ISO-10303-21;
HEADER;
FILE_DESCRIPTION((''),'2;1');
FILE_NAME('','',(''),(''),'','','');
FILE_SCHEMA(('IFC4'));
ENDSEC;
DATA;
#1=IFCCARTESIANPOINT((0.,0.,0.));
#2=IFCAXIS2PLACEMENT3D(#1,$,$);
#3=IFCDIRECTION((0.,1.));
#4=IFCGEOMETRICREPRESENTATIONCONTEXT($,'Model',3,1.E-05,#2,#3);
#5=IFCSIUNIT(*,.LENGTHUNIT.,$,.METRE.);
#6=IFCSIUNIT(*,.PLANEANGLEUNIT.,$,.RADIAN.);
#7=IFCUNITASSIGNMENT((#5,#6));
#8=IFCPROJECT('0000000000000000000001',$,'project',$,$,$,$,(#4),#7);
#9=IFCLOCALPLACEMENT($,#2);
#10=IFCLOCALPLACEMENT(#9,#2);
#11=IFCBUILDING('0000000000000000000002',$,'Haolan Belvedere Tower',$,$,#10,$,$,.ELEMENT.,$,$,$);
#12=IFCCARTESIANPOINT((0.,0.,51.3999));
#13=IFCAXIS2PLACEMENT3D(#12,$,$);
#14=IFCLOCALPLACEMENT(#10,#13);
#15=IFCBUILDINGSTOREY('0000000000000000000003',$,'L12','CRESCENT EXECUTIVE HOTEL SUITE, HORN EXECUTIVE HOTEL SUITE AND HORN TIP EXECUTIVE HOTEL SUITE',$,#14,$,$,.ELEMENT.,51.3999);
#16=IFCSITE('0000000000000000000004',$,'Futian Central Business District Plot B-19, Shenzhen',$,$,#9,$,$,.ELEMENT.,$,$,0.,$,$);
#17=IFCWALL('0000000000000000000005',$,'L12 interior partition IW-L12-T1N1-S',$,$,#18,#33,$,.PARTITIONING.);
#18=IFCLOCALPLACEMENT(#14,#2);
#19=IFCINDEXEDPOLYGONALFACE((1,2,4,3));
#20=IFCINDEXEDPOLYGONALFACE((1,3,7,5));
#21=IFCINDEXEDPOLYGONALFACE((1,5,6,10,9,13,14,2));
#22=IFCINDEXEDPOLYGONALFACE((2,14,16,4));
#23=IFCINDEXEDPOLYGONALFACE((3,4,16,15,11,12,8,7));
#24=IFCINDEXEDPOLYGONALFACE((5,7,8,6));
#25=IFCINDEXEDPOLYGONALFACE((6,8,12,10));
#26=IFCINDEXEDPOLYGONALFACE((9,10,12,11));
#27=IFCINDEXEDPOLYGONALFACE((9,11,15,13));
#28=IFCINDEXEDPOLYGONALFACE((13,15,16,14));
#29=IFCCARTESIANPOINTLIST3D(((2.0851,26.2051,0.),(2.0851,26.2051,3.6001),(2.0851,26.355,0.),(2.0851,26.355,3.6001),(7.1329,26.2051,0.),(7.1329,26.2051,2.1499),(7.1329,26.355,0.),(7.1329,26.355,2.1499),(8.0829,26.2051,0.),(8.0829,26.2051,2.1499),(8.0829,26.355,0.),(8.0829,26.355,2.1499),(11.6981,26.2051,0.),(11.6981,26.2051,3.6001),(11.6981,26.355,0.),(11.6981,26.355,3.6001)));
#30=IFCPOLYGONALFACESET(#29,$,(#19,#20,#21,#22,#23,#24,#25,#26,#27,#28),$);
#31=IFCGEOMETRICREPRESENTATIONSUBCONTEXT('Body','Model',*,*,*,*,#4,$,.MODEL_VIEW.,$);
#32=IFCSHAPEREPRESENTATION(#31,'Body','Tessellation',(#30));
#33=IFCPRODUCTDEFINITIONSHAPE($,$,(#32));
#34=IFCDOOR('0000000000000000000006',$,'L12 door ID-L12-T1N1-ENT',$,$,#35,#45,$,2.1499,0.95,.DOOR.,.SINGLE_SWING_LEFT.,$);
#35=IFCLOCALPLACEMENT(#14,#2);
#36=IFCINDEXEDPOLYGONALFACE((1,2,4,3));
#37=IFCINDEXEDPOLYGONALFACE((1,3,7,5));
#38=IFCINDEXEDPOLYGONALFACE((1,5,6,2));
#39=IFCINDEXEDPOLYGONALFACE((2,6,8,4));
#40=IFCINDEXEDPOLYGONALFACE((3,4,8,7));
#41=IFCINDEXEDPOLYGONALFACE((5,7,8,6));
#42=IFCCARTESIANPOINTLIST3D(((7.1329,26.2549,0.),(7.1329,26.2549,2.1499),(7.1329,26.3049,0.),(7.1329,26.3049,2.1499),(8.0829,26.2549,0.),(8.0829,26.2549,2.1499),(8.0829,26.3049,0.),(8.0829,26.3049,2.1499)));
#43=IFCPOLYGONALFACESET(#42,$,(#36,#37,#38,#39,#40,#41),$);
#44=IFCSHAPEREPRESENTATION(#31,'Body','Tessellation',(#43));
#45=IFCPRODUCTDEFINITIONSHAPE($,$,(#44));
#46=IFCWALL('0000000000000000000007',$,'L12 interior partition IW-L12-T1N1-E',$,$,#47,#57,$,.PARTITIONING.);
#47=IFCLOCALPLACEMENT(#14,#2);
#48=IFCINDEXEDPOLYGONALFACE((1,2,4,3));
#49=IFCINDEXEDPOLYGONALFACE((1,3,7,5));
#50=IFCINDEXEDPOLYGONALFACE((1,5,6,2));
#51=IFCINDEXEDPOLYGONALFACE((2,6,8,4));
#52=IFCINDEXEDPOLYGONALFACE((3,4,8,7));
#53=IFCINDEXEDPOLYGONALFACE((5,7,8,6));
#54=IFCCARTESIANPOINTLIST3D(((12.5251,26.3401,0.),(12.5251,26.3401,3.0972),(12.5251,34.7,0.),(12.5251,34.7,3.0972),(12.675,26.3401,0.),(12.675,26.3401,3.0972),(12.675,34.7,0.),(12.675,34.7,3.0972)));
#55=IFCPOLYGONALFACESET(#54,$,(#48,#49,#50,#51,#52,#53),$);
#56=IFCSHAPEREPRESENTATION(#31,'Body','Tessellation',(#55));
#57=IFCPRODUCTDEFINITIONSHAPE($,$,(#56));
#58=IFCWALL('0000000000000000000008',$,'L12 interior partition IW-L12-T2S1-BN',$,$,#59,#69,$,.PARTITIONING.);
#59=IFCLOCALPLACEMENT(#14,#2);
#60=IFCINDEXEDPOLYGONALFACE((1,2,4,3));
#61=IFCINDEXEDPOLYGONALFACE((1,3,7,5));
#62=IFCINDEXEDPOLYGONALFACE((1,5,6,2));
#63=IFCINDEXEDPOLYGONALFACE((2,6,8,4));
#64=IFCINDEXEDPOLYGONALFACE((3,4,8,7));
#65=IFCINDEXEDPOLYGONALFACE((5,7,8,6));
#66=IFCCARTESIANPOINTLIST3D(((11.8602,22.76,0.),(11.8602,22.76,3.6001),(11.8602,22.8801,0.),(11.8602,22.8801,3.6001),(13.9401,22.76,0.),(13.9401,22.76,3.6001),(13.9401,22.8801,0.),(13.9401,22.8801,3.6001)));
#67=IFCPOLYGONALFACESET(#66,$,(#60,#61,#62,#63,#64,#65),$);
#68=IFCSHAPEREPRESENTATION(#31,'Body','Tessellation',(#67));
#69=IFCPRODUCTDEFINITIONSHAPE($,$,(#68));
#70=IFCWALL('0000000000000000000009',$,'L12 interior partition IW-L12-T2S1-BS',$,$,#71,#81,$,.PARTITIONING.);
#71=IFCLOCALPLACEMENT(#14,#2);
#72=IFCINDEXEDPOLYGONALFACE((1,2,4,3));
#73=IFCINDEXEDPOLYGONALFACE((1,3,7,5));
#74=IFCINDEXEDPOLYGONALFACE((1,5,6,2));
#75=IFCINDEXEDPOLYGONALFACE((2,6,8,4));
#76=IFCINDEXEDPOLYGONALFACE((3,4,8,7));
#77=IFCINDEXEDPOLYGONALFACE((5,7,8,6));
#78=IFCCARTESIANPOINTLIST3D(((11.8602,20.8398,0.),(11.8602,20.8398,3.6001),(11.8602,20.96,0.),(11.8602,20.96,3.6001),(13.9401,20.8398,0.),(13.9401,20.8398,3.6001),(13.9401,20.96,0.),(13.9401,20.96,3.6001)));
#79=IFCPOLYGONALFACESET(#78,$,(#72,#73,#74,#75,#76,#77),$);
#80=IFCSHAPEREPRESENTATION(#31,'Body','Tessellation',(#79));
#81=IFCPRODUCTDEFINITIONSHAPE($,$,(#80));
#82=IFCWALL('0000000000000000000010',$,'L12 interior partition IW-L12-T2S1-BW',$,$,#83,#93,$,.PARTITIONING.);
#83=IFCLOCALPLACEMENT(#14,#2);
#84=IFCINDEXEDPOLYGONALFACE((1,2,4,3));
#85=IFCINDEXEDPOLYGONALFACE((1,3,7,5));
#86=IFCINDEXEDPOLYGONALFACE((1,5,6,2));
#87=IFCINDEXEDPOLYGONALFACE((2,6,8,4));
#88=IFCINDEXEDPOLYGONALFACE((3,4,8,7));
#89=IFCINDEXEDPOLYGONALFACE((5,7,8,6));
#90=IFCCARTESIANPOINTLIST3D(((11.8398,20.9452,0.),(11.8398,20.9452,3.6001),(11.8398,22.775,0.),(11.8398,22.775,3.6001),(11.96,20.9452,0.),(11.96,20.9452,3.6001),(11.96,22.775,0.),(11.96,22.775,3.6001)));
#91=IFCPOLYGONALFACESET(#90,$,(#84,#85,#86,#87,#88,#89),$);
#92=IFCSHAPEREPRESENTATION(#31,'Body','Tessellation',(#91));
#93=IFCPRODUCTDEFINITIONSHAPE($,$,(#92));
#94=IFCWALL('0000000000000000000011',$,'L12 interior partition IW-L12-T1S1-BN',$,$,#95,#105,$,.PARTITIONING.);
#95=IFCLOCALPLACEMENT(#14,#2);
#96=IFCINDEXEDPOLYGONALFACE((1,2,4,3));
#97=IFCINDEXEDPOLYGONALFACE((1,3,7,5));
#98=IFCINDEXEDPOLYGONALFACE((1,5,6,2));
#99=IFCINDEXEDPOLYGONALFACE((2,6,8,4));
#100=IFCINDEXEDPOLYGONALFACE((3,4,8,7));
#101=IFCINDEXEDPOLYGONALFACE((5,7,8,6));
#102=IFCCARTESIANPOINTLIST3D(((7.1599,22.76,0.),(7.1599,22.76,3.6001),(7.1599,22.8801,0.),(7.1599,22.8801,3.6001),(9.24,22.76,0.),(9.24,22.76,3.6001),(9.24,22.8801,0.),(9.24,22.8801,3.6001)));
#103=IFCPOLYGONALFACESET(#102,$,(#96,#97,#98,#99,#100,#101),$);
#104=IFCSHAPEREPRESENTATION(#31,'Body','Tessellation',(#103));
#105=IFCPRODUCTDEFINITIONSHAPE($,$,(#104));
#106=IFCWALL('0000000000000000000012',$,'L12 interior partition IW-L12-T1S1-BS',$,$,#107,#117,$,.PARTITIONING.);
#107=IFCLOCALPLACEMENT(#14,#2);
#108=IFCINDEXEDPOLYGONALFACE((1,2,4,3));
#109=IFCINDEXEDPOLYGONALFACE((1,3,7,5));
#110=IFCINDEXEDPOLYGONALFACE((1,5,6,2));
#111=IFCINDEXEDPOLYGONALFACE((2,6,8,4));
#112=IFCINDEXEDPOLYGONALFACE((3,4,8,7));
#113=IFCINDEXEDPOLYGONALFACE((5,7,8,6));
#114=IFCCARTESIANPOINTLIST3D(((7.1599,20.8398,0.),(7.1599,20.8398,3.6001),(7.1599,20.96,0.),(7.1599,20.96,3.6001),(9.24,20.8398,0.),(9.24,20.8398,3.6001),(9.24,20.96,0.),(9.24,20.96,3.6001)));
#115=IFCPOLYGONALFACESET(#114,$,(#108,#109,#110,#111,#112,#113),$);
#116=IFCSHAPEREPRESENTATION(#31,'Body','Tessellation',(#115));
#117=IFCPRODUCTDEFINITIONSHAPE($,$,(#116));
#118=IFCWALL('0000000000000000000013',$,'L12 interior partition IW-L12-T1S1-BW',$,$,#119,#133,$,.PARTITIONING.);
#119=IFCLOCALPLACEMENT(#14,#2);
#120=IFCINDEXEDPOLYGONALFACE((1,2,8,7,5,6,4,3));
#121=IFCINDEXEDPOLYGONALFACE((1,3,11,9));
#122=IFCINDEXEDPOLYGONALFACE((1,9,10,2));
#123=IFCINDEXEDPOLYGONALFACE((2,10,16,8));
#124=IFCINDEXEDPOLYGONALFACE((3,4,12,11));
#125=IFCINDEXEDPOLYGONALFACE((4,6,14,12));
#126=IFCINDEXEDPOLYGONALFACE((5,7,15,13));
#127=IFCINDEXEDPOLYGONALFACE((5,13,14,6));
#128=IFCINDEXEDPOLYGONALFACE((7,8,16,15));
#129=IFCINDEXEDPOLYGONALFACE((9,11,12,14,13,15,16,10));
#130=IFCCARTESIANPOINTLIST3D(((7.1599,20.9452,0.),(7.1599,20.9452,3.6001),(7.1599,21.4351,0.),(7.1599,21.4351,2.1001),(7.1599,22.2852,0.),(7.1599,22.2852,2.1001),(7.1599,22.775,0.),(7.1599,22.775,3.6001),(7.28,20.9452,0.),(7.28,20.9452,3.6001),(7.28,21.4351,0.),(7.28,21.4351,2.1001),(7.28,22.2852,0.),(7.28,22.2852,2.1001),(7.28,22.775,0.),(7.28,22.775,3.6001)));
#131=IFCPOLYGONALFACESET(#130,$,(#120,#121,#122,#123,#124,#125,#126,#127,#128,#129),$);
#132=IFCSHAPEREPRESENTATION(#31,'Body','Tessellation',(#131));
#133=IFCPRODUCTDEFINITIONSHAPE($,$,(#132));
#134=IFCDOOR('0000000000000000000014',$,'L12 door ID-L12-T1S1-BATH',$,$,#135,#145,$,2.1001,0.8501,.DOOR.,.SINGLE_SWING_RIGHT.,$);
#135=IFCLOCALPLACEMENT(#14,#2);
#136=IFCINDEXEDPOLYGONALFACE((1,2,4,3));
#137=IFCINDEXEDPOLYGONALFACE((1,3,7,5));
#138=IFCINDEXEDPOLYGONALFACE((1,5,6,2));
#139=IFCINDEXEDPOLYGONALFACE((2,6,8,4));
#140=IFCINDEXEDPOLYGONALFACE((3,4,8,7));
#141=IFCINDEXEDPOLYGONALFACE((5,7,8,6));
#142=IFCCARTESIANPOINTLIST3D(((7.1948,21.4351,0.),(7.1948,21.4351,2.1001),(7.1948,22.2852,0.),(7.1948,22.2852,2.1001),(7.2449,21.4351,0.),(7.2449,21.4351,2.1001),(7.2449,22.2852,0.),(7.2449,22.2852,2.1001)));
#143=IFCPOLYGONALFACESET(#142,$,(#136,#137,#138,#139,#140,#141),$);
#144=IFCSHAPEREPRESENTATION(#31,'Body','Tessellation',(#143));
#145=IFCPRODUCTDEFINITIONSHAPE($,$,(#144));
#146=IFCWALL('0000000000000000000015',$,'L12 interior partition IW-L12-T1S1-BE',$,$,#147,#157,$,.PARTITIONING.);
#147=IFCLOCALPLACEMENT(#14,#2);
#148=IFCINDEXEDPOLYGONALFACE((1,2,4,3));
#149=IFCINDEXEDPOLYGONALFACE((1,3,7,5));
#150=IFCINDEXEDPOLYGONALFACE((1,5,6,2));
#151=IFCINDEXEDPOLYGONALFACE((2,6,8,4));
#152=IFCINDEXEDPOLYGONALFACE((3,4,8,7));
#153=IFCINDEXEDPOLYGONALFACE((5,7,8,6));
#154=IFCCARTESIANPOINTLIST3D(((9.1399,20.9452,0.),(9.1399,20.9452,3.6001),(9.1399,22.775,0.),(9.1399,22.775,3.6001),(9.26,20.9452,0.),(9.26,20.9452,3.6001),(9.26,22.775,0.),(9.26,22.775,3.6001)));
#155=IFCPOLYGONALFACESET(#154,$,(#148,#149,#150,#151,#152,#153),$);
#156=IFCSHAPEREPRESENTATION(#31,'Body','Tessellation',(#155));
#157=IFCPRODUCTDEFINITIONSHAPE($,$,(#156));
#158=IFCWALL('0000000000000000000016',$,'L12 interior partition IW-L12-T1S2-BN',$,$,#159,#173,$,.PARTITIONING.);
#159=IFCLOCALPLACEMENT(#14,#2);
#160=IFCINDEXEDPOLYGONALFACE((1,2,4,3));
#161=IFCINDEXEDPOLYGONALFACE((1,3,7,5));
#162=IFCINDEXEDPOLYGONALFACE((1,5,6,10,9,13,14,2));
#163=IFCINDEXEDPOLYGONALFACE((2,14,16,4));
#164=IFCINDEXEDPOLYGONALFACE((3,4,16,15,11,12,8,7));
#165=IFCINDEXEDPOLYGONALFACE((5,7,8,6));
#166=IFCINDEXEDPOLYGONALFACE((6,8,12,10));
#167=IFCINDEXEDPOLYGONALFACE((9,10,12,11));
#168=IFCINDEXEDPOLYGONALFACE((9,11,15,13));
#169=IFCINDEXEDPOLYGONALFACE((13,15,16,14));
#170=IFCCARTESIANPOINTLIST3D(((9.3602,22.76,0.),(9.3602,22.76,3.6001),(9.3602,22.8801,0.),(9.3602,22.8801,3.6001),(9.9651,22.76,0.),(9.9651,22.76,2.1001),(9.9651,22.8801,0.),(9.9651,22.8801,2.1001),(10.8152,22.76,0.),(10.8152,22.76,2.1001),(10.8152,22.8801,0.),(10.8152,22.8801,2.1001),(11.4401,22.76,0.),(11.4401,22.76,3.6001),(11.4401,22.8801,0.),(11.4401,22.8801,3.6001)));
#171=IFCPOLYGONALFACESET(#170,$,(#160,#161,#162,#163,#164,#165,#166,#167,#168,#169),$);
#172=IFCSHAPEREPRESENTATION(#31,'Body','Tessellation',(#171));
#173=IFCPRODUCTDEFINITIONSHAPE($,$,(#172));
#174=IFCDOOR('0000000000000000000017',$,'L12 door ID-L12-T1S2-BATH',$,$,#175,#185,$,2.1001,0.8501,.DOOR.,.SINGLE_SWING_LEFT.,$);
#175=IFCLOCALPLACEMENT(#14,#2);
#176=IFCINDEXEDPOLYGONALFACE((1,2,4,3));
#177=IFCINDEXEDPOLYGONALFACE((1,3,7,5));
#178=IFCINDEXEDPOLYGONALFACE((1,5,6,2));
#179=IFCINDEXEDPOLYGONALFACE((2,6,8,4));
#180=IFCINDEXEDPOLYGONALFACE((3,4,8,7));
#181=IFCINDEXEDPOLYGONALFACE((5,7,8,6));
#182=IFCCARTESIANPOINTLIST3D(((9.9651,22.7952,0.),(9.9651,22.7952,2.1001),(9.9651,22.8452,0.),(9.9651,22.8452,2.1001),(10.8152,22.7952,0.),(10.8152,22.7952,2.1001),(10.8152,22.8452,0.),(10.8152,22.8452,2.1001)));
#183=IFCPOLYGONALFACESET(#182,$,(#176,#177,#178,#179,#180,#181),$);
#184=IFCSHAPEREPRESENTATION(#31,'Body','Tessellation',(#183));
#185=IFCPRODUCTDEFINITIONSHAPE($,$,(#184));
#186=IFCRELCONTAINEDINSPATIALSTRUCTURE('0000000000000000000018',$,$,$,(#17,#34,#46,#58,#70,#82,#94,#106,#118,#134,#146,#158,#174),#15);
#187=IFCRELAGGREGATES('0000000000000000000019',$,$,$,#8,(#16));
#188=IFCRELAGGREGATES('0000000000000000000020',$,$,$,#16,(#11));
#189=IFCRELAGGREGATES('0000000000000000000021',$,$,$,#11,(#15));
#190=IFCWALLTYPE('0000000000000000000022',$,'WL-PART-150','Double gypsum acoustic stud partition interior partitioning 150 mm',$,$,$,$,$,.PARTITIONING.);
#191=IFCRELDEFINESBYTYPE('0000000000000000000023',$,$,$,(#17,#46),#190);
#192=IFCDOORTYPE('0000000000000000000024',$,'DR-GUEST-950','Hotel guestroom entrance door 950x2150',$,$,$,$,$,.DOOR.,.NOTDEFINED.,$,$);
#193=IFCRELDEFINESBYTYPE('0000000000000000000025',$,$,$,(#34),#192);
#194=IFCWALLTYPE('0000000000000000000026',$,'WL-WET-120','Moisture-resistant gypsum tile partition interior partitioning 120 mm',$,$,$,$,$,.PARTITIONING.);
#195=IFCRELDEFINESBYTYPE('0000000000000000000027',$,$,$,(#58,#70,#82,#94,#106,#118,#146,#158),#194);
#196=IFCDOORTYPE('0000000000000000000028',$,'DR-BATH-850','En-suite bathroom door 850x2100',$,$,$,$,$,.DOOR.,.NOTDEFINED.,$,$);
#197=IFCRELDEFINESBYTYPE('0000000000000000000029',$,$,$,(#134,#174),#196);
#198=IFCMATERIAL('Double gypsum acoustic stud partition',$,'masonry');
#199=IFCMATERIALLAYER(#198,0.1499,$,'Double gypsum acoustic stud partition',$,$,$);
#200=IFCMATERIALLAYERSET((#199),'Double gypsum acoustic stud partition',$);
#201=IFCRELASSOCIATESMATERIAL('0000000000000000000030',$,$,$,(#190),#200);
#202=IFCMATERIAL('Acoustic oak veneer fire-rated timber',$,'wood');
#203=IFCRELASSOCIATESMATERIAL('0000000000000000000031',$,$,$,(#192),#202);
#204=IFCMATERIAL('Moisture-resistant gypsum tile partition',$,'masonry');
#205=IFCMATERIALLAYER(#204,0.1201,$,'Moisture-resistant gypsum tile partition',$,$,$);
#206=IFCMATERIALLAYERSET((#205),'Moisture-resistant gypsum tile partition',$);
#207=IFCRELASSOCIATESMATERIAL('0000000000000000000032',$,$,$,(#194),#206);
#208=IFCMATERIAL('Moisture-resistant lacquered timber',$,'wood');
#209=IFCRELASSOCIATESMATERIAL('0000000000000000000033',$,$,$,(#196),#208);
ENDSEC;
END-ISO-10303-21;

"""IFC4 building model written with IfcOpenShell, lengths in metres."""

from ifc_helpers import new_model, si_unit, direction, frame, frame_2d, origin, place, context, subcontext, project, spatial, rectangle, extrude, material, layer, layer_set, type_object, element, fill, save


model = new_model("IFC4")

# Units and contexts
model_context = context("Model", 3, precision=1e-05, world=origin(), true_north=direction((0.0, 1.0)))
body_context = subcontext(model_context, "Body", "Model", "MODEL_VIEW")
ifc_project = project(units=[si_unit("LENGTHUNIT", "METRE"), si_unit("PLANEANGLEUNIT", "RADIAN")], contexts=[model_context])

# Site, building, storey
site_placement = place(None, origin())
site = spatial("IfcSite", under=ifc_project, at=site_placement, Name="Futian Central Business District Plot B-19, Shenzhen", CompositionType="ELEMENT", RefElevation=0.0)
building_placement = place(site_placement, origin())
building = spatial("IfcBuilding", under=site, at=building_placement, Name="Haolan Belvedere Tower", CompositionType="ELEMENT")
storey_placement = place(building_placement, frame((0.0, 0.0, 51.3999)))
storey = spatial("IfcBuildingStorey", under=building, at=storey_placement, Name="L12", Description="CRESCENT EXECUTIVE HOTEL SUITE, HORN EXECUTIVE HOTEL SUITE AND HORN TIP EXECUTIVE HOTEL SUITE", CompositionType="ELEMENT", Elevation=51.3999)

# Shared definitions
ifc_material_1 = material(Name="Double gypsum acoustic stud partition", Category="masonry")
ifc_layer_1 = layer(ifc_material_1, 0.1499, Name="Double gypsum acoustic stud partition")
ifc_layer_set_1 = layer_set([ifc_layer_1], Name="Double gypsum acoustic stud partition")
wall_type_1 = type_object("IfcWallType", Name="WL-PART-150", Description="Double gypsum acoustic stud partition interior partitioning 150 mm", PredefinedType="PARTITIONING", material=ifc_layer_set_1)
ifc_material_2 = material(Name="Acoustic oak veneer fire-rated timber", Category="wood")
door_type_1 = type_object("IfcDoorType", Name="DR-GUEST-950", Description="Hotel guestroom entrance door 950x2150", OperationType="NOTDEFINED", PredefinedType="DOOR", material=ifc_material_2)

# Wall, opening, door
wall_1_placement = place(storey_placement, frame((2.085, 26.28, 0.0), z_axis=(0.0, 0.0, 1.0), x_axis=(1.0, 0.0, 0.0)))
wall_1 = element("IfcWall", 1, at=wall_1_placement, inside=storey, type_object=wall_type_1, Name="L12 interior partition IW-L12-T1N1-S", PredefinedType="PARTITIONING", context=body_context, shape_type="SweptSolid", body=[
    extrude(rectangle(XDim=9.613, YDim=0.1499, at=frame_2d((4.8066, 0.0))), origin(), (0.0, 0.0, 1.0), 3.6001),
])
opening_1_placement = place(wall_1_placement, frame((5.0479, 0.0, 0.0)))
opening_1 = element("IfcOpeningElement", 2, at=opening_1_placement, cuts=wall_1, PredefinedType="OPENING", context=body_context, shape_type="SweptSolid", body=[
    extrude(rectangle(XDim=0.95, YDim=2.1499, at=frame_2d((0.4751, 1.075))), frame((0.0, 0.085, 0.0), z_axis=(0.0, -1.0, 0.0), x_axis=(1.0, 0.0, 0.0)), (0.0, 0.0, 1.0), 0.1699),
])
door_1_placement = place(opening_1_placement, origin())
door_1 = element("IfcDoor", 3, at=door_1_placement, inside=storey, type_object=door_type_1, Name="L12 door ID-L12-T1N1-ENT", OperationType="SINGLE_SWING_LEFT", OverallHeight=2.1499, OverallWidth=0.95, PredefinedType="DOOR", context=body_context, shape_type="SweptSolid", body=[
    extrude(rectangle(XDim=0.95, YDim=2.1499, at=frame_2d((0.4751, 1.075))), frame((0.0, 0.0249, 0.0), z_axis=(0.0, -1.0, 0.0), x_axis=(1.0, 0.0, 0.0)), (0.0, 0.0, 1.0), 0.05),
])
fill(opening_1, door_1)

# Walls
wall_2_placement = place(storey_placement, frame((12.6001, 26.3401, 0.0), z_axis=(0.0, 0.0, 1.0), x_axis=(0.0, 1.0, 0.0)))
element("IfcWall", 4, at=wall_2_placement, inside=storey, type_object=wall_type_1, Name="L12 interior partition IW-L12-T1N1-E", PredefinedType="PARTITIONING", context=body_context, shape_type="SweptSolid", body=[
    extrude(rectangle(XDim=8.3599, YDim=0.1499, at=frame_2d((4.1799, 0.0))), origin(), (0.0, 0.0, 1.0), 3.0972),
])
ifc_material_3 = material(Name="Moisture-resistant gypsum tile partition", Category="masonry")
ifc_layer_2 = layer(ifc_material_3, 0.1201, Name="Moisture-resistant gypsum tile partition")
ifc_layer_set_2 = layer_set([ifc_layer_2], Name="Moisture-resistant gypsum tile partition")
wall_type_2 = type_object("IfcWallType", Name="WL-WET-120", Description="Moisture-resistant gypsum tile partition interior partitioning 120 mm", PredefinedType="PARTITIONING", material=ifc_layer_set_2)
for number, where, z_axis, x_axis, name in (
    (5, (11.8601, 22.8201, 0.0), (0.0, 0.0, 1.0), (1.0, 0.0, 0.0), "L12 interior partition IW-L12-T2S1-BN"),
    (6, (11.8601, 20.8999, 0.0), (0.0, 0.0, 1.0), (1.0, 0.0, 0.0), "L12 interior partition IW-L12-T2S1-BS"),
):
    element("IfcWall", number, at=place(storey_placement, frame(where, z_axis=z_axis, x_axis=x_axis)), inside=storey, type_object=wall_type_2, Name=name, PredefinedType="PARTITIONING", context=body_context, shape_type="SweptSolid", body=[
        extrude(rectangle(XDim=2.0798, YDim=0.1201, at=frame_2d((1.04, 0.0))), origin(), (0.0, 0.0, 1.0), 3.6001),
    ])
wall_3_placement = place(storey_placement, frame((11.8999, 20.9451, 0.0), z_axis=(0.0, 0.0, 1.0), x_axis=(0.0, 1.0, 0.0)))
element("IfcWall", 7, at=wall_3_placement, inside=storey, type_object=wall_type_2, Name="L12 interior partition IW-L12-T2S1-BW", PredefinedType="PARTITIONING", context=body_context, shape_type="SweptSolid", body=[
    extrude(rectangle(XDim=1.8298, YDim=0.1201, at=frame_2d((0.915, 0.0))), origin(), (0.0, 0.0, 1.0), 3.6001),
])
for number, where, z_axis, x_axis, name in (
    (8, (7.1599, 22.8201, 0.0), (0.0, 0.0, 1.0), (1.0, 0.0, 0.0), "L12 interior partition IW-L12-T1S1-BN"),
    (9, (7.1599, 20.8999, 0.0), (0.0, 0.0, 1.0), (1.0, 0.0, 0.0), "L12 interior partition IW-L12-T1S1-BS"),
):
    element("IfcWall", number, at=place(storey_placement, frame(where, z_axis=z_axis, x_axis=x_axis)), inside=storey, type_object=wall_type_2, Name=name, PredefinedType="PARTITIONING", context=body_context, shape_type="SweptSolid", body=[
        extrude(rectangle(XDim=2.0801, YDim=0.1201, at=frame_2d((1.04, 0.0))), origin(), (0.0, 0.0, 1.0), 3.6001),
    ])

# Wall, opening, door
wall_4_placement = place(storey_placement, frame((7.22, 20.9451, 0.0), z_axis=(0.0, 0.0, 1.0), x_axis=(0.0, 1.0, 0.0)))
wall_4 = element("IfcWall", 10, at=wall_4_placement, inside=storey, type_object=wall_type_2, Name="L12 interior partition IW-L12-T1S1-BW", PredefinedType="PARTITIONING", context=body_context, shape_type="SweptSolid", body=[
    extrude(rectangle(XDim=1.8298, YDim=0.1201, at=frame_2d((0.915, 0.0))), origin(), (0.0, 0.0, 1.0), 3.6001),
])
opening_2_placement = place(wall_4_placement, frame((1.3401, 0.0, 0.0), z_axis=(0.0, 0.0, 1.0), x_axis=(-1.0, 0.0, 0.0)))
opening_2 = element("IfcOpeningElement", 11, at=opening_2_placement, cuts=wall_4, PredefinedType="OPENING", context=body_context, shape_type="SweptSolid", body=[
    extrude(rectangle(XDim=0.8501, YDim=2.1001, at=frame_2d((0.425, 1.05))), frame((0.0, 0.0701, 0.0), z_axis=(0.0, -1.0, 0.0), x_axis=(1.0, 0.0, 0.0)), (0.0, 0.0, 1.0), 0.1401),
])
ifc_material_4 = material(Name="Moisture-resistant lacquered timber", Category="wood")
door_type_2 = type_object("IfcDoorType", Name="DR-BATH-850", Description="En-suite bathroom door 850x2100", OperationType="NOTDEFINED", PredefinedType="DOOR", material=ifc_material_4)
door_2_placement = place(opening_2_placement, origin())
door_2 = element("IfcDoor", 12, at=door_2_placement, inside=storey, type_object=door_type_2, Name="L12 door ID-L12-T1S1-BATH", OperationType="SINGLE_SWING_RIGHT", OverallHeight=2.1001, OverallWidth=0.8501, PredefinedType="DOOR", context=body_context, shape_type="SweptSolid", body=[
    extrude(rectangle(XDim=0.8501, YDim=2.1001, at=frame_2d((0.425, 1.05))), frame((0.0, 0.0249, 0.0), z_axis=(0.0, -1.0, 0.0), x_axis=(1.0, 0.0, 0.0)), (0.0, 0.0, 1.0), 0.05),
])
fill(opening_2, door_2)

# Wall
wall_5_placement = place(storey_placement, frame((9.2, 20.9451, 0.0), z_axis=(0.0, 0.0, 1.0), x_axis=(0.0, 1.0, 0.0)))
element("IfcWall", 13, at=wall_5_placement, inside=storey, type_object=wall_type_2, Name="L12 interior partition IW-L12-T1S1-BE", PredefinedType="PARTITIONING", context=body_context, shape_type="SweptSolid", body=[
    extrude(rectangle(XDim=1.8298, YDim=0.1201, at=frame_2d((0.915, 0.0))), origin(), (0.0, 0.0, 1.0), 3.6001),
])

# Wall, opening, door
wall_6_placement = place(storey_placement, frame((9.3601, 22.8201, 0.0), z_axis=(0.0, 0.0, 1.0), x_axis=(1.0, 0.0, 0.0)))
wall_6 = element("IfcWall", 14, at=wall_6_placement, inside=storey, type_object=wall_type_2, Name="L12 interior partition IW-L12-T1S2-BN", PredefinedType="PARTITIONING", context=body_context, shape_type="SweptSolid", body=[
    extrude(rectangle(XDim=2.0798, YDim=0.1201, at=frame_2d((1.04, 0.0))), origin(), (0.0, 0.0, 1.0), 3.6001),
])
opening_3_placement = place(wall_6_placement, frame((1.4551, 0.0, 0.0), z_axis=(0.0, 0.0, 1.0), x_axis=(-1.0, 0.0, 0.0)))
opening_3 = element("IfcOpeningElement", 15, at=opening_3_placement, cuts=wall_6, PredefinedType="OPENING", context=body_context, shape_type="SweptSolid", body=[
    extrude(rectangle(XDim=0.8501, YDim=2.1001, at=frame_2d((0.425, 1.05))), frame((0.0, 0.0701, 0.0), z_axis=(0.0, -1.0, 0.0), x_axis=(1.0, 0.0, 0.0)), (0.0, 0.0, 1.0), 0.1401),
])
door_3_placement = place(opening_3_placement, origin())
door_3 = element("IfcDoor", 16, at=door_3_placement, inside=storey, type_object=door_type_2, Name="L12 door ID-L12-T1S2-BATH", OperationType="SINGLE_SWING_LEFT", OverallHeight=2.1001, OverallWidth=0.8501, PredefinedType="DOOR", context=body_context, shape_type="SweptSolid", body=[
    extrude(rectangle(XDim=0.8501, YDim=2.1001, at=frame_2d((0.425, 1.05))), frame((0.0, 0.0249, 0.0), z_axis=(0.0, -1.0, 0.0), x_axis=(1.0, 0.0, 0.0)), (0.0, 0.0, 1.0), 0.05),
])
fill(opening_3, door_3)

save(model, "model.ifc")
